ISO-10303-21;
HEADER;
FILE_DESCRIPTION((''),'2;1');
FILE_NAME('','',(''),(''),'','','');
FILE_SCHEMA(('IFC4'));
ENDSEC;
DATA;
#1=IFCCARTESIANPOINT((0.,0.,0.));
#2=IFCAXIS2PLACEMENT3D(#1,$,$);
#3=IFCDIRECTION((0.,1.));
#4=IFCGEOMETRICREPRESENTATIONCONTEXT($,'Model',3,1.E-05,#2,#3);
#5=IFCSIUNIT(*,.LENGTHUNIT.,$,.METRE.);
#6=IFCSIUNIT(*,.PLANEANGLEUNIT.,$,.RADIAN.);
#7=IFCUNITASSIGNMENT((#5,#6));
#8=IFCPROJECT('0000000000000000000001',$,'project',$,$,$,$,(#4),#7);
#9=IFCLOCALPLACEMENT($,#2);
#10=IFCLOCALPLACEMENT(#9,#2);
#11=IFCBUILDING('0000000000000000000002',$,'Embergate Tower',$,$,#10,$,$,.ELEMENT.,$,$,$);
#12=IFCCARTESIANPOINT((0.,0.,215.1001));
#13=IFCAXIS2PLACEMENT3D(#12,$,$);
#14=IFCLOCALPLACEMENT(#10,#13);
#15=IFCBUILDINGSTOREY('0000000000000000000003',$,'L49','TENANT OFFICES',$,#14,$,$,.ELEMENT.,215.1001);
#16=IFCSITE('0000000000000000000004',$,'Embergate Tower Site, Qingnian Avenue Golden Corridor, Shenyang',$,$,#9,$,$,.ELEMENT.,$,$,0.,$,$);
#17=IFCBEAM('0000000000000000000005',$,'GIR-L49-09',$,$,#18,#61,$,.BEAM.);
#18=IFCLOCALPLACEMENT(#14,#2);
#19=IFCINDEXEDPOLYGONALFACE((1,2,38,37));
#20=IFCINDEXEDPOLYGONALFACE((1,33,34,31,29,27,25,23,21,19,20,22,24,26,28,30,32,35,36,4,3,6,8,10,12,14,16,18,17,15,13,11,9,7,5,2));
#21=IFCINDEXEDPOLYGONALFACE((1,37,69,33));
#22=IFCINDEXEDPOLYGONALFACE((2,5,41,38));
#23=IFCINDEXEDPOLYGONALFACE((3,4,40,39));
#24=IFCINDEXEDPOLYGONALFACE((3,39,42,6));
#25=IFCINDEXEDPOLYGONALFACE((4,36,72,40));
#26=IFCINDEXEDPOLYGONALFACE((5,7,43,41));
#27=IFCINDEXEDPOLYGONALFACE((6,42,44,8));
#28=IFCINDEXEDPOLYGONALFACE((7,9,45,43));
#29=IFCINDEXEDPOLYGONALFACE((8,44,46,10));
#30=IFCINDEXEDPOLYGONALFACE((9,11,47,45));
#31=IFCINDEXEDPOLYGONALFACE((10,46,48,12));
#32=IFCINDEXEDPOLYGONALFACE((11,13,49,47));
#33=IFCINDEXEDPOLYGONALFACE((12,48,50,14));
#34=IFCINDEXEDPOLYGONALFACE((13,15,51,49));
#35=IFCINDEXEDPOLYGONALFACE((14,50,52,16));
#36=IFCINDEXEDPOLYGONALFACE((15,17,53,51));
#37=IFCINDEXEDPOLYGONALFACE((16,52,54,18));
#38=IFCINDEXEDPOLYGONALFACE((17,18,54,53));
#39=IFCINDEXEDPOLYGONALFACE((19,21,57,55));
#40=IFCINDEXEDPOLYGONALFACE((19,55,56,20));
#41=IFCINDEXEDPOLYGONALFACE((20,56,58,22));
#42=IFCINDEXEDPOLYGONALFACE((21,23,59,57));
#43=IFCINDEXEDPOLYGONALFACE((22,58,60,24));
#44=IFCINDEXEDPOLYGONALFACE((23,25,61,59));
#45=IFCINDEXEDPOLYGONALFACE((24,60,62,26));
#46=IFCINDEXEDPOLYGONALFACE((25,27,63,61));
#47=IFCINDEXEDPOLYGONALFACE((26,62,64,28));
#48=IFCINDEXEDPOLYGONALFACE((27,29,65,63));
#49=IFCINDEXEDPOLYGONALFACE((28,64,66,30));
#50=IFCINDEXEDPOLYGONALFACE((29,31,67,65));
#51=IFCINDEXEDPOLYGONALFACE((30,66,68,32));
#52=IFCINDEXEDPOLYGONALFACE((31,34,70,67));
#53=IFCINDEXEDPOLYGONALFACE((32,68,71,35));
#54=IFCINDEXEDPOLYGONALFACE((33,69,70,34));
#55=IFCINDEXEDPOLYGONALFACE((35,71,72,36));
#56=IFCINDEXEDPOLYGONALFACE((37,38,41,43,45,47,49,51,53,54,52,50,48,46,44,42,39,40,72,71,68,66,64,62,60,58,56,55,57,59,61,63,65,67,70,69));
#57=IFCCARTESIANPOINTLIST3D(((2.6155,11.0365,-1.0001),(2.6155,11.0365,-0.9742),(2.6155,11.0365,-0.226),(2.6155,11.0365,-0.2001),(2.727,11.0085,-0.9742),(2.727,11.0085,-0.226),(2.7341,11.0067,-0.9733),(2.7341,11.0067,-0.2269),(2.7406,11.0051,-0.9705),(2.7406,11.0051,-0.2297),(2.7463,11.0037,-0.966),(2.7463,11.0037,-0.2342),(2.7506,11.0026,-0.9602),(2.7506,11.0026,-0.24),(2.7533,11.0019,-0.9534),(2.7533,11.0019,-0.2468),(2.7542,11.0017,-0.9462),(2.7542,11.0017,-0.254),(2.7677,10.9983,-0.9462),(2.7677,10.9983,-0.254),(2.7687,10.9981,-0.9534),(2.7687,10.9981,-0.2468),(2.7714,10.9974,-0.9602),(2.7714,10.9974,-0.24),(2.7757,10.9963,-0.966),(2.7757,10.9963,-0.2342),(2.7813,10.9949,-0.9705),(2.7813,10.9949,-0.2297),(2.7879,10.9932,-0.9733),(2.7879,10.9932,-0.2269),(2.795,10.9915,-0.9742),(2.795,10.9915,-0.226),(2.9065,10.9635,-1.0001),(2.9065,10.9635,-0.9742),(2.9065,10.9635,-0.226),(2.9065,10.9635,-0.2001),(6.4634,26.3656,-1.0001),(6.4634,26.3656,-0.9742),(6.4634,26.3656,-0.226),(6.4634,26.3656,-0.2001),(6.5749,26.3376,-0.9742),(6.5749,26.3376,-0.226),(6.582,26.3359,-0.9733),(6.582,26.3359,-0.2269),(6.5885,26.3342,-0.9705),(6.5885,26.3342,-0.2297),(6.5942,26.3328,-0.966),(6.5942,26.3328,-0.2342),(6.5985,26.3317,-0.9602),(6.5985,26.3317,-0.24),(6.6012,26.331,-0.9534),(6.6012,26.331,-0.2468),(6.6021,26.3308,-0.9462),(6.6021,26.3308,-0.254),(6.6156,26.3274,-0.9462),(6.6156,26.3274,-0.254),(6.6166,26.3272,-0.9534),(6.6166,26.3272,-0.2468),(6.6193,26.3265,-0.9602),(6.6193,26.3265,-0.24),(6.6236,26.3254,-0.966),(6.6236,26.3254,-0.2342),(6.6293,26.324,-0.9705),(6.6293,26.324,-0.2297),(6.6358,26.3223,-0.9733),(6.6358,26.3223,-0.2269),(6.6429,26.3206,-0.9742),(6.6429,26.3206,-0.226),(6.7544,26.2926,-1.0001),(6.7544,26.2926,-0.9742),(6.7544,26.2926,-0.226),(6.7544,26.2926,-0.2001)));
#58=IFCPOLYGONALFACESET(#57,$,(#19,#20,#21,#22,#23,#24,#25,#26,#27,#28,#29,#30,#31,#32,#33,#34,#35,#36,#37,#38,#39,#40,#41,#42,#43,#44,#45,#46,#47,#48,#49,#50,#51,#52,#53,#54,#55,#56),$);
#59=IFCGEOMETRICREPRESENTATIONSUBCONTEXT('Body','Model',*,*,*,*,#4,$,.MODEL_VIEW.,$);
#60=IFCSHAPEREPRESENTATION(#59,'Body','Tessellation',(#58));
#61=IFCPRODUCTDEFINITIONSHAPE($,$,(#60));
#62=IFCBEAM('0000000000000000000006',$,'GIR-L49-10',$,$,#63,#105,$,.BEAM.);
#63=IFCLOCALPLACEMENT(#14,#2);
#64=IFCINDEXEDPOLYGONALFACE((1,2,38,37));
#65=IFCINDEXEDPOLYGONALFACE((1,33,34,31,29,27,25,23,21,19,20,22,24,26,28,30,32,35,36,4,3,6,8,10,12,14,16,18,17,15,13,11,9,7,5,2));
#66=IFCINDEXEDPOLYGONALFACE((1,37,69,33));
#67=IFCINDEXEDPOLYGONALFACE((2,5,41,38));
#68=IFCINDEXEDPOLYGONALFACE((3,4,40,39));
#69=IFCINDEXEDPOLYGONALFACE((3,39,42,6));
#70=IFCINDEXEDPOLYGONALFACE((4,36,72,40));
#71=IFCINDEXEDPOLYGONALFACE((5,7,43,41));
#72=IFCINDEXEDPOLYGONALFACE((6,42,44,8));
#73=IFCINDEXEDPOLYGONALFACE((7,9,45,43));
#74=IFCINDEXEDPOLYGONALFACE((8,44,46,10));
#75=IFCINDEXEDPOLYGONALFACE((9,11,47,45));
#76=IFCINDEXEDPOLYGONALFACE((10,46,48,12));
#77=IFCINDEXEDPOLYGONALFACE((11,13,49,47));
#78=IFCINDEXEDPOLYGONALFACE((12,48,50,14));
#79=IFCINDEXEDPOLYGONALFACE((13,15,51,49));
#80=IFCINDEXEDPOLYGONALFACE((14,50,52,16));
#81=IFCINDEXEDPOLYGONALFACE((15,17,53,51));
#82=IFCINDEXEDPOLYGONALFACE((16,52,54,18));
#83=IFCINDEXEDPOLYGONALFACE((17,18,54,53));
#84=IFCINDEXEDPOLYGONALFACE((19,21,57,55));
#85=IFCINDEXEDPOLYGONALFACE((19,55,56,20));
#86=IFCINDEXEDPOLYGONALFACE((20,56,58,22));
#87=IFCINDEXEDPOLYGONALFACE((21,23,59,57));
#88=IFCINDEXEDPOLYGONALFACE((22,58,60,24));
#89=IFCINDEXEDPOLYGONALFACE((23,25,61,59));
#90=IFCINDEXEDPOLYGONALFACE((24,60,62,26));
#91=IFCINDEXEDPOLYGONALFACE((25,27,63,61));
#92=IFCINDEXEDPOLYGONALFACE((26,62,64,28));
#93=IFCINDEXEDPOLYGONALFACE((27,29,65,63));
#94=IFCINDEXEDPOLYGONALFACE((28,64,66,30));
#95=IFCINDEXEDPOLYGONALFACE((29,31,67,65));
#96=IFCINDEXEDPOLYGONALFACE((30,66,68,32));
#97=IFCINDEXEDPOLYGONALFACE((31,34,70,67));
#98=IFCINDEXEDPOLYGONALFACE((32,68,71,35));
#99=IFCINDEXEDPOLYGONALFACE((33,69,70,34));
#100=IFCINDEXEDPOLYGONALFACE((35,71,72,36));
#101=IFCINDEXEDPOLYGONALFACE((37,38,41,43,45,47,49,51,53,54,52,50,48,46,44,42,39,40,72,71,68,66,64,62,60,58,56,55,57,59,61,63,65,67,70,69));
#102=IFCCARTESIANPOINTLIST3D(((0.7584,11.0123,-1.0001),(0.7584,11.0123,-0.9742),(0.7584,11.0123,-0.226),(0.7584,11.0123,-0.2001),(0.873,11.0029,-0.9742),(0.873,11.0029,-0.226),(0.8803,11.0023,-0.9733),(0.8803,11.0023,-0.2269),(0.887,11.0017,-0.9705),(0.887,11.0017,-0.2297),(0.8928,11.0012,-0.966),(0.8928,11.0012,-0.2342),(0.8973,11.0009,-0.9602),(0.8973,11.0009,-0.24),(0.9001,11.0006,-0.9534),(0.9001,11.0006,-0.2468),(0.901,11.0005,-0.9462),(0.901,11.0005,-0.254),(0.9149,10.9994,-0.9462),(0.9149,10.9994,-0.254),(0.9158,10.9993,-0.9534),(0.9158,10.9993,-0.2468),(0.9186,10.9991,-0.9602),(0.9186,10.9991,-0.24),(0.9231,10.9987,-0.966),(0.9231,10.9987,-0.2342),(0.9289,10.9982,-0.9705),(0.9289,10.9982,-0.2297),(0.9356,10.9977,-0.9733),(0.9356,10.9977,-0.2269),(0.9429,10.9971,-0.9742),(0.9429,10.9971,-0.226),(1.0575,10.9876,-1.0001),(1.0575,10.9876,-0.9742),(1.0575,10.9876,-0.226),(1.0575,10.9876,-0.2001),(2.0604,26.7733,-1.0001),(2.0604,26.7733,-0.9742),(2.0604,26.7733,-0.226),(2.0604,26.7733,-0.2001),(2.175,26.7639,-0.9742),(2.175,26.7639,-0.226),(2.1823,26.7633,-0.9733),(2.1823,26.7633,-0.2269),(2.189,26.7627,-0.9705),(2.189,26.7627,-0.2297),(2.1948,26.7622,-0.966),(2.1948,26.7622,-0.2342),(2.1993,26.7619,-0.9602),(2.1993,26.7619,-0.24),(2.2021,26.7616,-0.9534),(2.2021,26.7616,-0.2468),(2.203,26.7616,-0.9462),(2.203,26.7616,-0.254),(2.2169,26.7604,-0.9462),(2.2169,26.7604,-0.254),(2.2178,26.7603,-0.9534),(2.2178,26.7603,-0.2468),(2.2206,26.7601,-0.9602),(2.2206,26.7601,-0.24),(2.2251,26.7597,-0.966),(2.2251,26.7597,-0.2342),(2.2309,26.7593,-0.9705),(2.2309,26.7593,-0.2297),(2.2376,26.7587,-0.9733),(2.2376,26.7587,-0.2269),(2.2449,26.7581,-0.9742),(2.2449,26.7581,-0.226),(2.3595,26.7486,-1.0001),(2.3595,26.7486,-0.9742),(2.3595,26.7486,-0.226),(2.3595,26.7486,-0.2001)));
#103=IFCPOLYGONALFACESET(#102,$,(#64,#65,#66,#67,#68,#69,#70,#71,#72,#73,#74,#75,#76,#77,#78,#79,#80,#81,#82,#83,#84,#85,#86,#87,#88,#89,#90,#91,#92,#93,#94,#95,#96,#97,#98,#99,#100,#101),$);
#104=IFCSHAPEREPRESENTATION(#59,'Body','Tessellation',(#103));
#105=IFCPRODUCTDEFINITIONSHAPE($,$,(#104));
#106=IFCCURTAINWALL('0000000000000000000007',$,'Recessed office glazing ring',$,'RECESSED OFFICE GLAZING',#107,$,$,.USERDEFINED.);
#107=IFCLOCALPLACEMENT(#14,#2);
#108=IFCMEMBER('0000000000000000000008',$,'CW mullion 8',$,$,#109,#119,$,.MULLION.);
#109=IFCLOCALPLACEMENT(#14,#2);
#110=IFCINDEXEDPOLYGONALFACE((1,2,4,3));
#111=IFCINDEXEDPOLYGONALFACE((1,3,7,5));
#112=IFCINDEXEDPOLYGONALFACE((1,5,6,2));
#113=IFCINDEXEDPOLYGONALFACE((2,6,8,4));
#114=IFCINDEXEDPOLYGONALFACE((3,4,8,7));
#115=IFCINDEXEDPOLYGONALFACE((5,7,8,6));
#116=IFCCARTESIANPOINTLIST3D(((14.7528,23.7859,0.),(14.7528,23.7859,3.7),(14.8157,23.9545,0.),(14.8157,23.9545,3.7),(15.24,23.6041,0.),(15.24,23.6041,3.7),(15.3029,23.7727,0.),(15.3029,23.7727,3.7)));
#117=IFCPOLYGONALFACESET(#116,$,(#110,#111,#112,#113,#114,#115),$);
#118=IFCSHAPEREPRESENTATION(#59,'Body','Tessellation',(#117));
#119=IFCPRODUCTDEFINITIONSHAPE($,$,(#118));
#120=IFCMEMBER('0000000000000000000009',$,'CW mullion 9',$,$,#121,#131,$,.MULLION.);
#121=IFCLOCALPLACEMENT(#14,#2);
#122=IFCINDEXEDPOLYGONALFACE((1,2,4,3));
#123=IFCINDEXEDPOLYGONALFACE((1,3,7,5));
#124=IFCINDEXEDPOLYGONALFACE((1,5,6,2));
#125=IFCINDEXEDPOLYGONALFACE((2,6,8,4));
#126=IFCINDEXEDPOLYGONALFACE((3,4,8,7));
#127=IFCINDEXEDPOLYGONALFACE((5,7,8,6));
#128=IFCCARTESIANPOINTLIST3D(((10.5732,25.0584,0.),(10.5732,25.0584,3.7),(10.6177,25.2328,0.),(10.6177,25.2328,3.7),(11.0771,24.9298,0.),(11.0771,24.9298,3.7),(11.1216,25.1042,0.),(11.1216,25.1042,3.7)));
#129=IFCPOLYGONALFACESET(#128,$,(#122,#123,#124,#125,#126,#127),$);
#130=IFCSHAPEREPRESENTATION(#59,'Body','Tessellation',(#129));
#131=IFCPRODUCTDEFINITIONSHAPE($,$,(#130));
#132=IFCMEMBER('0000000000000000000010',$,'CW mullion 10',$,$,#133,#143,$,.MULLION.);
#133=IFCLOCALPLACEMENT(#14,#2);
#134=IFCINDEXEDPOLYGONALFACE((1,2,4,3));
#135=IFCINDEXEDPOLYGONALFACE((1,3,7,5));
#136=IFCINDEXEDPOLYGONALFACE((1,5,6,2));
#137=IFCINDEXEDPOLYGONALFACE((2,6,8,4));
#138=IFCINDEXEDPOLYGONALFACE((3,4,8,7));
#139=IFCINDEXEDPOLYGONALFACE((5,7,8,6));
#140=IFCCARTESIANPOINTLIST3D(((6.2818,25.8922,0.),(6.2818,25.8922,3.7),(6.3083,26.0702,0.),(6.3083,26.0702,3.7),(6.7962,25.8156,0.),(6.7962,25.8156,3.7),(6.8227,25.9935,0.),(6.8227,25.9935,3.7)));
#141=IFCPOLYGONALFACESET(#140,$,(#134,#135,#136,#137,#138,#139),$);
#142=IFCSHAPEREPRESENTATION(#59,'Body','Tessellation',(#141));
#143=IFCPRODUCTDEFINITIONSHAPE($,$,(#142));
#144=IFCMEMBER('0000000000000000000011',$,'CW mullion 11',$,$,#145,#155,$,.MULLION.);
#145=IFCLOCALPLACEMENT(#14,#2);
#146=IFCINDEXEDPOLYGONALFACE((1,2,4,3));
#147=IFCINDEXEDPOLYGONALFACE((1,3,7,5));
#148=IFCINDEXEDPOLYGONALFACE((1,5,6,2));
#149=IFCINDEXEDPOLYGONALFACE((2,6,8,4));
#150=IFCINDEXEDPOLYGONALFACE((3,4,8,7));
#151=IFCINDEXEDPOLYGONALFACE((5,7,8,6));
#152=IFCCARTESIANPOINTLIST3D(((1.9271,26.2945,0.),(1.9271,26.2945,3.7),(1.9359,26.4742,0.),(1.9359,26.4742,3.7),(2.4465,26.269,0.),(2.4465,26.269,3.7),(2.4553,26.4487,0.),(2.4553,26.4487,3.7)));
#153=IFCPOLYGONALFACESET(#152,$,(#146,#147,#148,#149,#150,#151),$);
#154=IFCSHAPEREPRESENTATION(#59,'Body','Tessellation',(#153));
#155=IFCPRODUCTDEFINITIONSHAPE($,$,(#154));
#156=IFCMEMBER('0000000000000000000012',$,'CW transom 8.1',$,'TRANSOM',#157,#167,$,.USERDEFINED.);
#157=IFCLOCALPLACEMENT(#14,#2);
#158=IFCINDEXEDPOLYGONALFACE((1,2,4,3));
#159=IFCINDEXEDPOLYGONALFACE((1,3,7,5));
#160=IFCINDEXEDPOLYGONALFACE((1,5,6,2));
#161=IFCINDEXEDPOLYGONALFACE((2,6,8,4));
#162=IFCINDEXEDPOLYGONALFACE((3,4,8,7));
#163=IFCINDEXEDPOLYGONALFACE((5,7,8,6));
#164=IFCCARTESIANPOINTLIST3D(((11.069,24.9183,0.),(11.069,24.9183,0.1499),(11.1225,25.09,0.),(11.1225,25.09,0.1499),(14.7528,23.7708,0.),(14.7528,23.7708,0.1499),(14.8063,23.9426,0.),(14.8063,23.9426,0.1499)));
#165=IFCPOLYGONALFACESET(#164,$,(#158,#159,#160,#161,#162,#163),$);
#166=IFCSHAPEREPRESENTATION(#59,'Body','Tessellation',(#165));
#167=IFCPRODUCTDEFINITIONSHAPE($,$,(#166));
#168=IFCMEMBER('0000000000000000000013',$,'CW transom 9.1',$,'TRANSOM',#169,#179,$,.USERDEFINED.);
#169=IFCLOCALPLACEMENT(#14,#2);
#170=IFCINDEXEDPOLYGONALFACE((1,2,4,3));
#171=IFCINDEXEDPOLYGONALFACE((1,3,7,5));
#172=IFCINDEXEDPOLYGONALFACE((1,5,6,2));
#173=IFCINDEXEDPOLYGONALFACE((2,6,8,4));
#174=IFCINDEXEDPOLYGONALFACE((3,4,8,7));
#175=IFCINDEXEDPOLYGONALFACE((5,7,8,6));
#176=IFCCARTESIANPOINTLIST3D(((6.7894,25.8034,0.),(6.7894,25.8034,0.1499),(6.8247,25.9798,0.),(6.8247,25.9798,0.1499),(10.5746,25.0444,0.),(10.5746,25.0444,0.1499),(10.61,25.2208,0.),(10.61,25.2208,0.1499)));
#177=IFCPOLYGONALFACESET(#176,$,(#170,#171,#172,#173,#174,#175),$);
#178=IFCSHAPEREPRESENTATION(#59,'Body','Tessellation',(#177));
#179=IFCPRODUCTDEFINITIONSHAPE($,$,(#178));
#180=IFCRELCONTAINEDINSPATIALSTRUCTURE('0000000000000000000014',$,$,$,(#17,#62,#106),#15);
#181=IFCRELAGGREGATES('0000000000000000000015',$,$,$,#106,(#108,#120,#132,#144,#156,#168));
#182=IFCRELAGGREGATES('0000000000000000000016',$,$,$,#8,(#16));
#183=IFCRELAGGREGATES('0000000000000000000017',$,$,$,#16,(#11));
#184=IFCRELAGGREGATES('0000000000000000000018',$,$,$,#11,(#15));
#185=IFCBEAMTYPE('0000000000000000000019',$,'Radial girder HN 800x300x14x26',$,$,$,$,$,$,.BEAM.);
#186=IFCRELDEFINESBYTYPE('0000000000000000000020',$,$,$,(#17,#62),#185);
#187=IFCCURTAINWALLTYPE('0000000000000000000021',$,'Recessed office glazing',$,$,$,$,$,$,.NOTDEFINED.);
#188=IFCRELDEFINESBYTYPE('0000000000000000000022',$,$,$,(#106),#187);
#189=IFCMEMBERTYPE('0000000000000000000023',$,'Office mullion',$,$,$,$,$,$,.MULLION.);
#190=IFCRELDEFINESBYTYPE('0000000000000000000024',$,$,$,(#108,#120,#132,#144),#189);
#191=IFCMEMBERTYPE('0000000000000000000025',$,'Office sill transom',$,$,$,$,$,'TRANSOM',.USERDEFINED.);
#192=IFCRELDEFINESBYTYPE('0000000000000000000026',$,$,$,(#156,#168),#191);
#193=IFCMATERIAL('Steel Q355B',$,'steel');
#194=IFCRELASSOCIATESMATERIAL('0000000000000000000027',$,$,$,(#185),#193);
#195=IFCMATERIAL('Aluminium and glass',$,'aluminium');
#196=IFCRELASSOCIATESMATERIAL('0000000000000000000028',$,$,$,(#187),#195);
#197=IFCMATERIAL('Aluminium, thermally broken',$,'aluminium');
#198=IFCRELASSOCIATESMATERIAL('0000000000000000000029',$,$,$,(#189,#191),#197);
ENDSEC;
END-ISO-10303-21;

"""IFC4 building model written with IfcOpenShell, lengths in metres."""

from ifc_helpers import new_model, si_unit, direction, frame, origin, origin_2d, place, context, subcontext, project, spatial, rectangle, i_section, extrude, source, transform, mapped, material, material_profile, profile_set, type_object, element, aggregate, save


model = new_model("IFC4")

# Units and contexts
model_context = context("Model", 3, precision=1e-05, world=origin(), true_north=direction((0.0, 1.0)))
body_context = subcontext(model_context, "Body", "Model", "MODEL_VIEW")
ifc_project = project(units=[si_unit("LENGTHUNIT", "METRE"), si_unit("PLANEANGLEUNIT", "RADIAN")], contexts=[model_context])

# Site, building, storey
site_placement = place(None, origin())
site = spatial("IfcSite", under=ifc_project, at=site_placement, Name="Embergate Tower Site, Qingnian Avenue Golden Corridor, Shenyang", CompositionType="ELEMENT", RefElevation=0.0)
building_placement = place(site_placement, origin())
building = spatial("IfcBuilding", under=site, at=building_placement, Name="Embergate Tower", CompositionType="ELEMENT")
storey_placement = place(building_placement, frame((0.0, 0.0, 215.1001)))
storey = spatial("IfcBuildingStorey", under=building, at=storey_placement, Name="L49", Description="TENANT OFFICES", CompositionType="ELEMENT", Elevation=215.1001)

# Beams
ifc_material_1 = material(Name="Steel Q355B", Category="steel")
ifc_material_profile_1 = material_profile(ifc_material_1, i_section(OverallWidth=0.3, OverallDepth=0.8, WebThickness=0.0139, FlangeThickness=0.0259, FilletRadius=0.0281, at=origin_2d()), Name="HN 800x300x14x26")
ifc_profile_set_1 = profile_set([ifc_material_profile_1], Name="Steel Q355 grade B")
beam_type_1 = type_object("IfcBeamType", Name="Radial girder HN 800x300x14x26", PredefinedType="BEAM", material=ifc_profile_set_1)
shared_shape_1 = source(origin(), body_context, "Body", "SweptSolid", [
    extrude(i_section(OverallWidth=0.3, OverallDepth=0.8, WebThickness=0.0139, FlangeThickness=0.0259, FilletRadius=0.0281, at=origin_2d()), origin(), (0.0, 0.0, 1.0), 15.8047),
])
beam_1_placement = place(storey_placement, frame((6.6089, 26.3291, -0.6001), z_axis=(-0.243466, -0.969909, 0.0), x_axis=(0.969909, -0.243466, 0.0)))
element("IfcBeam", 1, at=beam_1_placement, inside=storey, type_object=beam_type_1, Name="GIR-L49-09", PredefinedType="BEAM", context=body_context, shape_type="MappedRepresentation", body=[
    mapped(shared_shape_1, transform((0.0, 0.0, 0.0))),
])
shared_shape_2 = source(origin(), body_context, "Body", "SweptSolid", [
    extrude(i_section(OverallWidth=0.3, OverallDepth=0.8, WebThickness=0.0139, FlangeThickness=0.0259, FilletRadius=0.0281, at=origin_2d()), origin(), (0.0, 0.0, 1.0), 15.8147),
])
beam_2_placement = place(storey_placement, frame((2.21, 26.761, -0.6001), z_axis=(-0.082329, -0.996605, 0.0), x_axis=(0.996605, -0.082329, 0.0)))
element("IfcBeam", 2, at=beam_2_placement, inside=storey, type_object=beam_type_1, Name="GIR-L49-10", PredefinedType="BEAM", context=body_context, shape_type="MappedRepresentation", body=[
    mapped(shared_shape_2, transform((0.0, 0.0, 0.0))),
])

# Curtain wall, members
ifc_material_2 = material(Name="Aluminium and glass", Category="aluminium")
curtain_wall_type = type_object("IfcCurtainWallType", Name="Recessed office glazing", PredefinedType="NOTDEFINED", material=ifc_material_2)
curtain_wall_placement = place(storey_placement, origin())
curtain_wall = element("IfcCurtainWall", 3, at=curtain_wall_placement, inside=storey, type_object=curtain_wall_type, Name="Recessed office glazing ring", ObjectType="RECESSED OFFICE GLAZING", PredefinedType="USERDEFINED")
ifc_material_3 = material(Name="Aluminium, thermally broken", Category="aluminium")
ifc_material_profile_2 = material_profile(ifc_material_3, rectangle(XDim=0.1799, YDim=0.52, at=origin_2d()), Name="AL 520x180")
ifc_profile_set_2 = profile_set([ifc_material_profile_2], Name="Aluminium, thermally broken")
member_type_1 = type_object("IfcMemberType", Name="Office mullion", PredefinedType="MULLION", material=ifc_profile_set_2)
shared_shape_3 = source(origin(), body_context, "Body", "SweptSolid", [
    extrude(rectangle(XDim=0.1799, YDim=0.52, at=origin_2d()), origin(), (0.0, 0.0, 1.0), 3.7),
])
member_1_placement = place(storey_placement, frame((15.0278, 23.7793, 0.0), z_axis=(0.0, 0.0, 1.0), x_axis=(-0.349506, -0.936934, 0.0)))
member_1 = element("IfcMember", 4, at=member_1_placement, type_object=member_type_1, Name="CW mullion 8", PredefinedType="MULLION", context=body_context, shape_type="MappedRepresentation", body=[
    mapped(shared_shape_3, transform((0.0, 0.0, 0.0))),
])
member_2_placement = place(storey_placement, frame((10.8474, 25.0813, 0.0), z_axis=(0.0, 0.0, 1.0), x_axis=(-0.247315, -0.968935, 0.0)))
member_2 = element("IfcMember", 5, at=member_2_placement, type_object=member_type_1, Name="CW mullion 9", PredefinedType="MULLION", context=body_context, shape_type="MappedRepresentation", body=[
    mapped(shared_shape_3, transform((0.0, 0.0, 0.0))),
])
member_3_placement = place(storey_placement, frame((6.5522, 25.9429, 0.0), z_axis=(0.0, 0.0, 1.0), x_axis=(-0.147414, -0.989075, 0.0)))
member_3 = element("IfcMember", 6, at=member_3_placement, type_object=member_type_1, Name="CW mullion 10", PredefinedType="MULLION", context=body_context, shape_type="MappedRepresentation", body=[
    mapped(shared_shape_3, transform((0.0, 0.0, 0.0))),
])
member_4_placement = place(storey_placement, frame((2.1912, 26.3716, 0.0), z_axis=(0.0, 0.0, 1.0), x_axis=(-0.048972, -0.9988, 0.0)))
member_4 = element("IfcMember", 7, at=member_4_placement, type_object=member_type_1, Name="CW mullion 11", PredefinedType="MULLION", context=body_context, shape_type="MappedRepresentation", body=[
    mapped(shared_shape_3, transform((0.0, 0.0, 0.0))),
])
ifc_material_profile_3 = material_profile(ifc_material_3, rectangle(XDim=0.1799, YDim=0.1499, at=origin_2d()), Name="AL 150x180")
ifc_profile_set_3 = profile_set([ifc_material_profile_3], Name="Aluminium, thermally broken")
member_type_2 = type_object("IfcMemberType", Name="Office sill transom", ElementType="TRANSOM", PredefinedType="USERDEFINED", material=ifc_profile_set_3)
shared_shape_4 = source(origin(), body_context, "Body", "SweptSolid", [
    extrude(rectangle(XDim=0.1799, YDim=0.1499, at=origin_2d()), origin(), (0.0, 0.0, 1.0), 3.8584),
])
member_5_placement = place(storey_placement, frame((14.7795, 23.8567, 0.075), z_axis=(-0.954755, 0.297392, 0.0), x_axis=(-0.297392, -0.954755, 0.0)))
member_5 = element("IfcMember", 8, at=member_5_placement, type_object=member_type_2, Name="CW transom 8.1", ObjectType="TRANSOM", PredefinedType="USERDEFINED", context=body_context, shape_type="MappedRepresentation", body=[
    mapped(shared_shape_4, transform((0.0, 0.0, 0.0))),
])
shared_shape_5 = source(origin(), body_context, "Body", "SweptSolid", [
    extrude(rectangle(XDim=0.1799, YDim=0.1499, at=origin_2d()), origin(), (0.0, 0.0, 1.0), 3.8606),
])
member_6_placement = place(storey_placement, frame((10.5923, 25.1326, 0.075), z_axis=(-0.980481, 0.196615, 0.0), x_axis=(-0.196615, -0.980481, 0.0)))
member_6 = element("IfcMember", 9, at=member_6_placement, type_object=member_type_2, Name="CW transom 9.1", ObjectType="TRANSOM", PredefinedType="USERDEFINED", context=body_context, shape_type="MappedRepresentation", body=[
    mapped(shared_shape_5, transform((0.0, 0.0, 0.0))),
])
aggregate(curtain_wall, [member_1, member_2, member_3, member_4, member_5, member_6])

save(model, "model.ifc")
